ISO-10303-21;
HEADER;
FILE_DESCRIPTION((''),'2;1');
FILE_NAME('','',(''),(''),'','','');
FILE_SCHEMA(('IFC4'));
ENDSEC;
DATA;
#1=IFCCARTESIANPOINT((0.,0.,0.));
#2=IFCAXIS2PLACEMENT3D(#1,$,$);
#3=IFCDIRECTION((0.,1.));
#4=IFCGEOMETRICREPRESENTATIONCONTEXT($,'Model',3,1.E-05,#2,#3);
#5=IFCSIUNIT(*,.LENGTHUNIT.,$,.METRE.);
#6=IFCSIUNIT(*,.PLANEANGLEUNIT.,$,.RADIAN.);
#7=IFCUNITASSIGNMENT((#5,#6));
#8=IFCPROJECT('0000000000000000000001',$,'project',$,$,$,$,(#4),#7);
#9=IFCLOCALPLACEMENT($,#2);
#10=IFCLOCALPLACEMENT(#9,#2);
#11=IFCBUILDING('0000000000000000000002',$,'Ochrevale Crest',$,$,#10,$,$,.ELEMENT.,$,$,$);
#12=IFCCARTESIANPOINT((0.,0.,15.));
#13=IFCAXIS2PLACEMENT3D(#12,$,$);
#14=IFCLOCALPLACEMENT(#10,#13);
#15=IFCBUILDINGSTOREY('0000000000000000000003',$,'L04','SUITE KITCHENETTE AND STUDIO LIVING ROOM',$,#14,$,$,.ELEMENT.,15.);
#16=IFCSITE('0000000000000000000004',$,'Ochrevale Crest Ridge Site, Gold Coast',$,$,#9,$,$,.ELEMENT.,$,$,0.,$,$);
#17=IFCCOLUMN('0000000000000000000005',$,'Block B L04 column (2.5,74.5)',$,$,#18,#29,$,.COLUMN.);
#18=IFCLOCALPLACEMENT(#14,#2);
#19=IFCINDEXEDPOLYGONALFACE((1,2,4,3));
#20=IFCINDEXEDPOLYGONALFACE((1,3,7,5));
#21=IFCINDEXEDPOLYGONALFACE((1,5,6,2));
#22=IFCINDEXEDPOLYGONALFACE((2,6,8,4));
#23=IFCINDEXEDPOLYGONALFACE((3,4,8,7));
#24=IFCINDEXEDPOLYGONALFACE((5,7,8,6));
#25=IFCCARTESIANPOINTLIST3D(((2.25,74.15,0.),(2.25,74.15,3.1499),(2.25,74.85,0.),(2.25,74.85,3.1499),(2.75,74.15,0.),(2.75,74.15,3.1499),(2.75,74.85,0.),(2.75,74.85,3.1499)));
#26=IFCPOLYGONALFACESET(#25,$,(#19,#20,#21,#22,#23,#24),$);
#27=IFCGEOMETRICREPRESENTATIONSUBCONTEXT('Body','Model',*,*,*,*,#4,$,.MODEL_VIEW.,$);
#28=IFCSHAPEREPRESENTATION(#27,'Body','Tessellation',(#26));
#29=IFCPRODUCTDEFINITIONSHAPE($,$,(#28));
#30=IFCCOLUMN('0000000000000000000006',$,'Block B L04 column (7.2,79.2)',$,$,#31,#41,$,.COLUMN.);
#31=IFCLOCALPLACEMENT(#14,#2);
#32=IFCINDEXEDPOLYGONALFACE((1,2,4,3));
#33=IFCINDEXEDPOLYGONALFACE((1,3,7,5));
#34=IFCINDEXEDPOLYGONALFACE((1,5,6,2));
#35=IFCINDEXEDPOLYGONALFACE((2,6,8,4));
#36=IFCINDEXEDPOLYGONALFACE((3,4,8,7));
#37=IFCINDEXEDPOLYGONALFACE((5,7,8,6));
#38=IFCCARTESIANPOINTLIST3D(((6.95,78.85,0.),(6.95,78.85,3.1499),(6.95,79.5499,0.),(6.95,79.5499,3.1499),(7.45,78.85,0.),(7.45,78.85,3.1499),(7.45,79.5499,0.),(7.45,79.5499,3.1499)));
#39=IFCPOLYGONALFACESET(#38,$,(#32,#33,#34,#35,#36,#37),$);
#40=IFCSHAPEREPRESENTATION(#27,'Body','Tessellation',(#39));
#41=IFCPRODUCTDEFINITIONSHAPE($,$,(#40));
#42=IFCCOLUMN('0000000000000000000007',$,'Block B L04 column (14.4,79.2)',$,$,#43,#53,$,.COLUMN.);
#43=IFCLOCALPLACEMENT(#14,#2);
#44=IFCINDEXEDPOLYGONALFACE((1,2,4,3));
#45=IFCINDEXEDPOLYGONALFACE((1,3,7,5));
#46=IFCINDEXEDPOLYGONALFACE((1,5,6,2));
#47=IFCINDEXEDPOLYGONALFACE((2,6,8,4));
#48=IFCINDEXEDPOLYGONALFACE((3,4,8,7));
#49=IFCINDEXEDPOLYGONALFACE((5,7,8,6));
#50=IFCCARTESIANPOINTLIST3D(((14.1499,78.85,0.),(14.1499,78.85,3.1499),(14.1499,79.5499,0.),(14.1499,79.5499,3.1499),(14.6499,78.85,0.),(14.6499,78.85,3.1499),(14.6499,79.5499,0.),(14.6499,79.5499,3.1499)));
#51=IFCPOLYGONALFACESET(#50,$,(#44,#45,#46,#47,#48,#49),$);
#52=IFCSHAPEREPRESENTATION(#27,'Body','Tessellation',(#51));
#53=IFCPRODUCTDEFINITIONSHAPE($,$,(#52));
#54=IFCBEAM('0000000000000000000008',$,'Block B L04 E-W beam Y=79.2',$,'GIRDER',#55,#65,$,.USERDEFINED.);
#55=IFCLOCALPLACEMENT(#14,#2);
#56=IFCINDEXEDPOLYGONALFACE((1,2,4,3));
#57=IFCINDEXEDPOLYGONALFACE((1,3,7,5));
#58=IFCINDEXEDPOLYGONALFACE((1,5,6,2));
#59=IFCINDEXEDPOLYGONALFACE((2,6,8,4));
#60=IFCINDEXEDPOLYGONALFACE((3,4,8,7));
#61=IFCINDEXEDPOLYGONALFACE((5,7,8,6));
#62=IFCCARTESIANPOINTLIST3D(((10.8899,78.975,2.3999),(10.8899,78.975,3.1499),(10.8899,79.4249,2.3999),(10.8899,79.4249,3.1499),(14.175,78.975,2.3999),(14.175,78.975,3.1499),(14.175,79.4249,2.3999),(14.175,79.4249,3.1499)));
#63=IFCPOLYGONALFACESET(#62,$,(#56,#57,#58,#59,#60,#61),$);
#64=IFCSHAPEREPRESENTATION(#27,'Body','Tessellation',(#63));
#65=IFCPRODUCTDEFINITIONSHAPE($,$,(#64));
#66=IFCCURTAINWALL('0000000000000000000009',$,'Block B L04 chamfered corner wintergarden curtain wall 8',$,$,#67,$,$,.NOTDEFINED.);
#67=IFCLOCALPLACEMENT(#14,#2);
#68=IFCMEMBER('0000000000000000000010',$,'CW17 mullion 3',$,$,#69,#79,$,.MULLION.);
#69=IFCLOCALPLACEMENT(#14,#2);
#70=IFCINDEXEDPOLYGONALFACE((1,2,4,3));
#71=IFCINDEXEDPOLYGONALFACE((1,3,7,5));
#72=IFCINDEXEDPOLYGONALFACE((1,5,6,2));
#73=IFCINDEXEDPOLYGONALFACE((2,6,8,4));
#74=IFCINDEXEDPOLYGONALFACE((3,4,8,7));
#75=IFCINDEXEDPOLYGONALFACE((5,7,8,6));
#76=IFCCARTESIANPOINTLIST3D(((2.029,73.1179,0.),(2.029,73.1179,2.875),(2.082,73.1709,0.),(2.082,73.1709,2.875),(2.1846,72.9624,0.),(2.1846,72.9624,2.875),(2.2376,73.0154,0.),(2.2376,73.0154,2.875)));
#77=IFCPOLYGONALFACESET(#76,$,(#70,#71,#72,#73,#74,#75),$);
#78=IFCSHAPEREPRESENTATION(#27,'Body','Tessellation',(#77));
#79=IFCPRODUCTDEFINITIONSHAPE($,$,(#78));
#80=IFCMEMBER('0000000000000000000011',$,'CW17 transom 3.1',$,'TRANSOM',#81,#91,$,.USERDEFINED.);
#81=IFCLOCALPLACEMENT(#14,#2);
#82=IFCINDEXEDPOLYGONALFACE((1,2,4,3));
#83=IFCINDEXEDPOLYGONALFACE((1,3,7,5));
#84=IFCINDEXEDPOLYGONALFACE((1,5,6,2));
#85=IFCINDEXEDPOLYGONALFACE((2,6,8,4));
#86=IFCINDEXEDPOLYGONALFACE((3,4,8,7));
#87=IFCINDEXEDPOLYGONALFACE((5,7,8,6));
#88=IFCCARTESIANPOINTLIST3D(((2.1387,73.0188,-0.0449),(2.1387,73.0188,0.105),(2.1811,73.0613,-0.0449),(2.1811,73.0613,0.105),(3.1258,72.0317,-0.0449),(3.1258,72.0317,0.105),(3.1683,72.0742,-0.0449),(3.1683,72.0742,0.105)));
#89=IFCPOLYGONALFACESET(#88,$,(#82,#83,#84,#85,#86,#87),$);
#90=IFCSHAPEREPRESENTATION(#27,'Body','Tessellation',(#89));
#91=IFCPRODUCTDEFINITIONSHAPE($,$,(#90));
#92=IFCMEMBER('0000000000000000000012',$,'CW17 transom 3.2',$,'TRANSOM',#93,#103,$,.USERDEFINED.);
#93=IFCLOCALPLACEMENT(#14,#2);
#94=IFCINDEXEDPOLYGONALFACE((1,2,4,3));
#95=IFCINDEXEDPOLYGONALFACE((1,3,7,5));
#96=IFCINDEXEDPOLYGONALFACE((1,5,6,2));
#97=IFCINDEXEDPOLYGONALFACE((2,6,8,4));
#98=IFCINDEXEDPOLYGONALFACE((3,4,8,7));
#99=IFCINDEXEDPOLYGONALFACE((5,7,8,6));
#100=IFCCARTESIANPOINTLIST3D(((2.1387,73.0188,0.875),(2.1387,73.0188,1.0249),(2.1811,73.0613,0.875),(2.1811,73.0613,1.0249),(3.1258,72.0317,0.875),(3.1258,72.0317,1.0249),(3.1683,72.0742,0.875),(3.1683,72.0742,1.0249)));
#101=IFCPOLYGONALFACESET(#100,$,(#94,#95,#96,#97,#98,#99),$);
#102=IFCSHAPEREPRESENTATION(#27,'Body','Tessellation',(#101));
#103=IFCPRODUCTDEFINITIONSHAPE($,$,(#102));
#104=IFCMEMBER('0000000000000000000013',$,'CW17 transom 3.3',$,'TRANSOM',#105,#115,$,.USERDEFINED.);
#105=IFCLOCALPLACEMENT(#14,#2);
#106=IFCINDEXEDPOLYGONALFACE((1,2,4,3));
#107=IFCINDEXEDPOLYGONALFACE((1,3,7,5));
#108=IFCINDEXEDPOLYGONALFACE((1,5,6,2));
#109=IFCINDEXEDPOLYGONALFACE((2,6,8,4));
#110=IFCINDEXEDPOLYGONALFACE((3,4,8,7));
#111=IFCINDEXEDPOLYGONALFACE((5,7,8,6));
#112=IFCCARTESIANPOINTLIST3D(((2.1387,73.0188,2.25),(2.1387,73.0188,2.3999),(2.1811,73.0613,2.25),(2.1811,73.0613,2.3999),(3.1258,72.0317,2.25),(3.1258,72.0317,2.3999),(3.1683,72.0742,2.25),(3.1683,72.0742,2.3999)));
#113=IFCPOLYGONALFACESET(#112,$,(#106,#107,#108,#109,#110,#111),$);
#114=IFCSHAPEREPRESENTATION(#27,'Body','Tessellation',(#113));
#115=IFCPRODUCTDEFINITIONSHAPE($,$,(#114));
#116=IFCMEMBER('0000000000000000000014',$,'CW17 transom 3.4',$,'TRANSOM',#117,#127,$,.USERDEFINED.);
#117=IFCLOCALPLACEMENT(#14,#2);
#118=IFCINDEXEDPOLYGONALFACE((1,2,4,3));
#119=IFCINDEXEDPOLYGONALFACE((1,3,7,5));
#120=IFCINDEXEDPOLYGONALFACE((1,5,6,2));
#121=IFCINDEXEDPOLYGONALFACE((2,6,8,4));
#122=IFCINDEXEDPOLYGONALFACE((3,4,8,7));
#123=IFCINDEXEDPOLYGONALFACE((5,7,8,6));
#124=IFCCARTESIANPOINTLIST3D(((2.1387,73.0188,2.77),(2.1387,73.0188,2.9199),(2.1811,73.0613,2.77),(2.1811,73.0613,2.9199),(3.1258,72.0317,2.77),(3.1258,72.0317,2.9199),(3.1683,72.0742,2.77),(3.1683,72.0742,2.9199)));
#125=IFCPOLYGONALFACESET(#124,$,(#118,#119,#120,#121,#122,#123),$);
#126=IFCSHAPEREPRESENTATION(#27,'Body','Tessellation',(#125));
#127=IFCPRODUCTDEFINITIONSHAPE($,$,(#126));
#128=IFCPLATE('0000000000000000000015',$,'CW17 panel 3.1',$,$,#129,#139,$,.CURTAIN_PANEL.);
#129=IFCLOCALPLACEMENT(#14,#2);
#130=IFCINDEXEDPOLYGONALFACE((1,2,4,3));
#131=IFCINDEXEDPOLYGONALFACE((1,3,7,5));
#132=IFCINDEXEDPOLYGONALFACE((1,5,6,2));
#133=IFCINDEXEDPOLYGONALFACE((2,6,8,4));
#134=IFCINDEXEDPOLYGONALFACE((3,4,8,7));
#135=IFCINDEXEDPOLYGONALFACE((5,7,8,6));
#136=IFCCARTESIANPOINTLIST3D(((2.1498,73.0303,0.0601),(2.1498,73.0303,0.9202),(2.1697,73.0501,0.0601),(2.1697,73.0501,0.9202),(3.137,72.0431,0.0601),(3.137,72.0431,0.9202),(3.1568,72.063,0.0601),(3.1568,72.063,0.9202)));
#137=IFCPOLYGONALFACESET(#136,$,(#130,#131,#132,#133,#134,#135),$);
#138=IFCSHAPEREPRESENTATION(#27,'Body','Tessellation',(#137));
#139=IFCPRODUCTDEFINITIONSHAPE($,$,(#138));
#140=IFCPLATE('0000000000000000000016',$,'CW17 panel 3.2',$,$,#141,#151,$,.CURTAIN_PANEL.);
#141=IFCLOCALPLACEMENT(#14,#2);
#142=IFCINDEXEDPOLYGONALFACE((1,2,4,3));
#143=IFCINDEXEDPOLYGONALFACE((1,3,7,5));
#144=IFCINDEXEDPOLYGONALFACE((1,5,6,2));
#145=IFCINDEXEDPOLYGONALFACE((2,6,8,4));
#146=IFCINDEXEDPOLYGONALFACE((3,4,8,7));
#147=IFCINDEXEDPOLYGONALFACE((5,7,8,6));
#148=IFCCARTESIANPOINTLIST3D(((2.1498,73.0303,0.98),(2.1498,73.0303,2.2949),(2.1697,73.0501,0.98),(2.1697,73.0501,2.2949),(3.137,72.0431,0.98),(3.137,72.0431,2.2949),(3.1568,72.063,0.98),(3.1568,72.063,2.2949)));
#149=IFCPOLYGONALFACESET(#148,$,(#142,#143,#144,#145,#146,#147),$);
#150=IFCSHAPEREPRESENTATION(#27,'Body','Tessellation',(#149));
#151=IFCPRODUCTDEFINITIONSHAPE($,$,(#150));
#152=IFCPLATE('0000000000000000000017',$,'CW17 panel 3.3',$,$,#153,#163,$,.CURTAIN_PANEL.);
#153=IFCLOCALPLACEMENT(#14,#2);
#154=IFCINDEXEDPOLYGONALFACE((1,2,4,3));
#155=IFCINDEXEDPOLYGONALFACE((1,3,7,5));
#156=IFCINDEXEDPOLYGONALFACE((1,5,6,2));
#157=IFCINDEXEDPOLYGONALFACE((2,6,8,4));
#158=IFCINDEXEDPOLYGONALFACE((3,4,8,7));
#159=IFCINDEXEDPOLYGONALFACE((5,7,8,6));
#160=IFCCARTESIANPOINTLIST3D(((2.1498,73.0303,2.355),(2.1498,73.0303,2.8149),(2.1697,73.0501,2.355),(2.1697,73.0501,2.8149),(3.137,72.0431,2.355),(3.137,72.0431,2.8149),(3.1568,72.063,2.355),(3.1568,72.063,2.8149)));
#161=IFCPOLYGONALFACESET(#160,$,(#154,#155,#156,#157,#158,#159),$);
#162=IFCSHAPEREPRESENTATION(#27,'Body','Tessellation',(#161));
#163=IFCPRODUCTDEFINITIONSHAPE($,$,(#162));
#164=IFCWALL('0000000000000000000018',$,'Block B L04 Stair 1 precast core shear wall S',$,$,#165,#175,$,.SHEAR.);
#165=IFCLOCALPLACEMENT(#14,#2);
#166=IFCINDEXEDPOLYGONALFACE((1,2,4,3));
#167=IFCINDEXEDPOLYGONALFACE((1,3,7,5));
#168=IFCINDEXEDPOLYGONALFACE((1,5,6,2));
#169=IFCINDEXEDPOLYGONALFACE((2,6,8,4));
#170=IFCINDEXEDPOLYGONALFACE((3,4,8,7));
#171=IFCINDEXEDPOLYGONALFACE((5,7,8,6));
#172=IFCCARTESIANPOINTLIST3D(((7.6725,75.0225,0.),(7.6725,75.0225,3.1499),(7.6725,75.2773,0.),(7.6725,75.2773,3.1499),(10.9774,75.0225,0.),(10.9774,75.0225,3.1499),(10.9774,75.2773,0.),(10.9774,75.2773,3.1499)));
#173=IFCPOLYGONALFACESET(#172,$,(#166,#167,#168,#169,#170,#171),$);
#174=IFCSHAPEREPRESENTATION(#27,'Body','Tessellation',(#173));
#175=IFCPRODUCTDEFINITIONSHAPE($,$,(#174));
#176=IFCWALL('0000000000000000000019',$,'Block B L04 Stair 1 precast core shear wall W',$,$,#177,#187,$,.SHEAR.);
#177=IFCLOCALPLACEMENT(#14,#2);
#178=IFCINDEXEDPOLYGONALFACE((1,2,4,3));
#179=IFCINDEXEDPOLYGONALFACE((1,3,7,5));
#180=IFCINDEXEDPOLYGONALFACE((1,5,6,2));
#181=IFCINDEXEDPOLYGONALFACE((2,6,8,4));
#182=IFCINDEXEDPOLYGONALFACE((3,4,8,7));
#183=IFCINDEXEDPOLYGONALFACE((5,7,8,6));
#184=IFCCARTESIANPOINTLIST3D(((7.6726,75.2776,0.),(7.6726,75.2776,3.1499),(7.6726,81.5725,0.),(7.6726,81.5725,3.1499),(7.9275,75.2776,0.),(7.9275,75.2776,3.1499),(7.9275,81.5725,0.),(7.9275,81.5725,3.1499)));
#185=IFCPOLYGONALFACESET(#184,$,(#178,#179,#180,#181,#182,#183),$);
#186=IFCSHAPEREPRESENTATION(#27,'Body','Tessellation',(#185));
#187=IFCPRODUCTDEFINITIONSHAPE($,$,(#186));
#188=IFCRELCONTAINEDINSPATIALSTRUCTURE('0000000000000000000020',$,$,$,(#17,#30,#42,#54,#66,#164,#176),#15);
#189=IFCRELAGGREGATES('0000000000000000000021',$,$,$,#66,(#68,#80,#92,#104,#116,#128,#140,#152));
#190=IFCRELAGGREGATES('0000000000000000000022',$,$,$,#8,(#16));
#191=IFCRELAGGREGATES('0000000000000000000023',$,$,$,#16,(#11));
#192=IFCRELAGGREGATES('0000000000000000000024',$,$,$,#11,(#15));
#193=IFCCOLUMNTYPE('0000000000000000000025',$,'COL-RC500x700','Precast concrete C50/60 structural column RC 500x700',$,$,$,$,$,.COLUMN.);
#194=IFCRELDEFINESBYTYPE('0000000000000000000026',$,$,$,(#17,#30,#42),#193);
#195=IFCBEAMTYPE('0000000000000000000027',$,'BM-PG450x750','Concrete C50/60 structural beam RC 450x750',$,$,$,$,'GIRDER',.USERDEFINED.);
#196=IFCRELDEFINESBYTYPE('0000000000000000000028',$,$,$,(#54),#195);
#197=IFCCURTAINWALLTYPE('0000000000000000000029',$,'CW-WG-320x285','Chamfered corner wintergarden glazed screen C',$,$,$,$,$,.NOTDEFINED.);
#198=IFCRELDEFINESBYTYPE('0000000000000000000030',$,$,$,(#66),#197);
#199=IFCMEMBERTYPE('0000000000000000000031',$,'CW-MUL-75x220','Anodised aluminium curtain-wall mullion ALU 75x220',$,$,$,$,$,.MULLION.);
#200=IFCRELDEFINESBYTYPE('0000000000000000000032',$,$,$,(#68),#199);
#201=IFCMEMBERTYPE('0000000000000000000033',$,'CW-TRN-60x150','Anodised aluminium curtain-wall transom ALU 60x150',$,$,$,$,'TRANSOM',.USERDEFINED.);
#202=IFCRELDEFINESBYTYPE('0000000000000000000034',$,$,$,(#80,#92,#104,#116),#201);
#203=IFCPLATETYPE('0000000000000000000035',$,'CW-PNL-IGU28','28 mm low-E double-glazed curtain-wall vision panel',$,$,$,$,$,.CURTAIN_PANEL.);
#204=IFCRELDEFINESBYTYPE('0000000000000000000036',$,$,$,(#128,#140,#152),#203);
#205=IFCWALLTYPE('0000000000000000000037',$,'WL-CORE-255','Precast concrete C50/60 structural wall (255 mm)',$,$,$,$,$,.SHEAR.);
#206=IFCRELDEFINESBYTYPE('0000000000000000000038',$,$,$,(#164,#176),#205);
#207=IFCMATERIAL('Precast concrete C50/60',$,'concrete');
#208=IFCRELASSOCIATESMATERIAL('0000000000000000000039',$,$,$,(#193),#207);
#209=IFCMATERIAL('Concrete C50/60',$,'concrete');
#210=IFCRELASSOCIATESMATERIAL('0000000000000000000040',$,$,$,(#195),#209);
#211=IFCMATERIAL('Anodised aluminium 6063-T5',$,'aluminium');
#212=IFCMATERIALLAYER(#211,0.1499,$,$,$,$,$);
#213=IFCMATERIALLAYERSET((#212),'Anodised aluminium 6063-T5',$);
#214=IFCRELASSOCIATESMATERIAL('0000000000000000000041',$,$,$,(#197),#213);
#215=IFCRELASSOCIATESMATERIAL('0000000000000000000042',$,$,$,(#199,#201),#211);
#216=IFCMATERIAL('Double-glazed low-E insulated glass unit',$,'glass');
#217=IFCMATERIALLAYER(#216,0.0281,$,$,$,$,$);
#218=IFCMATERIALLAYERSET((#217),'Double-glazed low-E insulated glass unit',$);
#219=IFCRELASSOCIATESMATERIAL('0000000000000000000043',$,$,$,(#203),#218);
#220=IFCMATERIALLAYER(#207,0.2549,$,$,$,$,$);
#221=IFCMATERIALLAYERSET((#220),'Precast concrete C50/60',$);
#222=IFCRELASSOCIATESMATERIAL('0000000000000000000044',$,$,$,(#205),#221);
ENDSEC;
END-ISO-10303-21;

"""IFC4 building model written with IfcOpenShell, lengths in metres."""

from ifc_helpers import new_model, si_unit, direction, frame, frame_2d, origin, origin_2d, place, context, subcontext, project, spatial, rectangle, extrude, material, layer, layer_set, material_profile, profile_set, type_object, element, aggregate, save


model = new_model("IFC4")

# Units and contexts
model_context = context("Model", 3, precision=1e-05, world=origin(), true_north=direction((0.0, 1.0)))
body_context = subcontext(model_context, "Body", "Model", "MODEL_VIEW")
ifc_project = project(units=[si_unit("LENGTHUNIT", "METRE"), si_unit("PLANEANGLEUNIT", "RADIAN")], contexts=[model_context])

# Site, building, storey
site_placement = place(None, origin())
site = spatial("IfcSite", under=ifc_project, at=site_placement, Name="Ochrevale Crest Ridge Site, Gold Coast", CompositionType="ELEMENT", RefElevation=0.0)
building_placement = place(site_placement, origin())
building = spatial("IfcBuilding", under=site, at=building_placement, Name="Ochrevale Crest", CompositionType="ELEMENT")
storey_placement = place(building_placement, frame((0.0, 0.0, 15.0)))
storey = spatial("IfcBuildingStorey", under=building, at=storey_placement, Name="L04", Description="SUITE KITCHENETTE AND STUDIO LIVING ROOM", CompositionType="ELEMENT", Elevation=15.0)

# Columns
ifc_material_1 = material(Name="Precast concrete C50/60", Category="concrete")
ifc_material_profile_1 = material_profile(ifc_material_1, rectangle(XDim=0.5, YDim=0.7, at=origin_2d()), Name="RC 500x700")
ifc_profile_set_1 = profile_set([ifc_material_profile_1], Name="Precast concrete C50/60")
column_type = type_object("IfcColumnType", Name="COL-RC500x700", Description="Precast concrete C50/60 structural column RC 500x700", PredefinedType="COLUMN", material=ifc_profile_set_1)
for number, where, z_axis, x_axis, name in (
    (1, (2.5, 74.5, 0.0), (0.0, 0.0, 1.0), (1.0, 0.0, 0.0), "Block B L04 column (2.5,74.5)"),
    (2, (7.2, 79.2, 0.0), (0.0, 0.0, 1.0), (1.0, 0.0, 0.0), "Block B L04 column (7.2,79.2)"),
    (3, (14.3999, 79.2, 0.0), (0.0, 0.0, 1.0), (1.0, 0.0, 0.0), "Block B L04 column (14.4,79.2)"),
):
    element("IfcColumn", number, at=place(storey_placement, frame(where, z_axis=z_axis, x_axis=x_axis)), inside=storey, type_object=column_type, Name=name, PredefinedType="COLUMN", context=body_context, shape_type="SweptSolid", body=[
        extrude(rectangle(XDim=0.5, YDim=0.7, at=origin_2d()), origin(), (0.0, 0.0, 1.0), 3.1499),
    ])

# Beam
ifc_material_2 = material(Name="Concrete C50/60", Category="concrete")
ifc_material_profile_2 = material_profile(ifc_material_2, rectangle(XDim=0.45, YDim=0.75, at=origin_2d()), Name="RC 450x750")
ifc_profile_set_2 = profile_set([ifc_material_profile_2], Name="Concrete C50/60")
beam_type = type_object("IfcBeamType", Name="BM-PG450x750", Description="Concrete C50/60 structural beam RC 450x750", ElementType="GIRDER", PredefinedType="USERDEFINED", material=ifc_profile_set_2)
beam_placement = place(storey_placement, frame((10.8899, 79.2, 2.7749), z_axis=(1.0, 0.0, 0.0), x_axis=(0.0, 1.0, 0.0)))
element("IfcBeam", 4, at=beam_placement, inside=storey, type_object=beam_type, Name="Block B L04 E-W beam Y=79.2", ObjectType="GIRDER", PredefinedType="USERDEFINED", context=body_context, shape_type="SweptSolid", body=[
    extrude(rectangle(XDim=0.45, YDim=0.75, at=origin_2d()), origin(), (0.0, 0.0, 1.0), 3.2852),
])

# Curtain wall, members, plates
ifc_material_3 = material(Name="Anodised aluminium 6063-T5", Category="aluminium")
ifc_layer_1 = layer(ifc_material_3, 0.1499)
ifc_layer_set_1 = layer_set([ifc_layer_1], Name="Anodised aluminium 6063-T5")
curtain_wall_type = type_object("IfcCurtainWallType", Name="CW-WG-320x285", Description="Chamfered corner wintergarden glazed screen C", PredefinedType="NOTDEFINED", material=ifc_layer_set_1)
curtain_wall_placement = place(storey_placement, origin())
curtain_wall = element("IfcCurtainWall", 5, at=curtain_wall_placement, inside=storey, type_object=curtain_wall_type, Name="Block B L04 chamfered corner wintergarden curtain wall 8", PredefinedType="NOTDEFINED")
ifc_material_profile_3 = material_profile(ifc_material_3, rectangle(XDim=0.075, YDim=0.22, at=origin_2d()), Name="ALU 75x220")
ifc_profile_set_3 = profile_set([ifc_material_profile_3], Name="Anodised aluminium 6063-T5")
member_type_1 = type_object("IfcMemberType", Name="CW-MUL-75x220", Description="Anodised aluminium curtain-wall mullion ALU 75x220", PredefinedType="MULLION", material=ifc_profile_set_3)
member_1_placement = place(storey_placement, frame((2.1333, 73.0667, 0.0), z_axis=(0.0, 0.0, 1.0), x_axis=(0.707107, 0.707107, 0.0)))
member_1 = element("IfcMember", 6, at=member_1_placement, type_object=member_type_1, Name="CW17 mullion 3", PredefinedType="MULLION", context=body_context, shape_type="SweptSolid", body=[
    extrude(rectangle(XDim=0.075, YDim=0.22, at=origin_2d()), origin(), (0.0, 0.0, 1.0), 2.875),
])
ifc_material_profile_4 = material_profile(ifc_material_3, rectangle(XDim=0.0601, YDim=0.1499, at=origin_2d()), Name="ALU 60x150")
ifc_profile_set_4 = profile_set([ifc_material_profile_4], Name="Anodised aluminium 6063-T5")
member_type_2 = type_object("IfcMemberType", Name="CW-TRN-60x150", Description="Anodised aluminium curtain-wall transom ALU 60x150", ElementType="TRANSOM", PredefinedType="USERDEFINED", material=ifc_profile_set_4)
member_2_placement = place(storey_placement, frame((2.1599, 73.04, 0.03), z_axis=(0.707107, -0.707107, 0.0), x_axis=(0.707107, 0.707107, 0.0)))
member_2 = element("IfcMember", 7, at=member_2_placement, type_object=member_type_2, Name="CW17 transom 3.1", ObjectType="TRANSOM", PredefinedType="USERDEFINED", context=body_context, shape_type="SweptSolid", body=[
    extrude(rectangle(XDim=0.0601, YDim=0.1499, at=origin_2d()), origin(), (0.0, 0.0, 1.0), 1.396),
])
member_3_placement = place(storey_placement, frame((2.1599, 73.04, 0.95), z_axis=(0.707107, -0.707107, 0.0), x_axis=(0.707107, 0.707107, 0.0)))
member_3 = element("IfcMember", 8, at=member_3_placement, type_object=member_type_2, Name="CW17 transom 3.2", ObjectType="TRANSOM", PredefinedType="USERDEFINED", context=body_context, shape_type="SweptSolid", body=[
    extrude(rectangle(XDim=0.0601, YDim=0.1499, at=origin_2d()), origin(), (0.0, 0.0, 1.0), 1.396),
])
member_4_placement = place(storey_placement, frame((2.1599, 73.04, 2.325), z_axis=(0.707107, -0.707107, 0.0), x_axis=(0.707107, 0.707107, 0.0)))
member_4 = element("IfcMember", 9, at=member_4_placement, type_object=member_type_2, Name="CW17 transom 3.3", ObjectType="TRANSOM", PredefinedType="USERDEFINED", context=body_context, shape_type="SweptSolid", body=[
    extrude(rectangle(XDim=0.0601, YDim=0.1499, at=origin_2d()), origin(), (0.0, 0.0, 1.0), 1.396),
])
member_5_placement = place(storey_placement, frame((2.1599, 73.04, 2.845), z_axis=(0.707107, -0.707107, 0.0), x_axis=(0.707107, 0.707107, 0.0)))
member_5 = element("IfcMember", 10, at=member_5_placement, type_object=member_type_2, Name="CW17 transom 3.4", ObjectType="TRANSOM", PredefinedType="USERDEFINED", context=body_context, shape_type="SweptSolid", body=[
    extrude(rectangle(XDim=0.0601, YDim=0.1499, at=origin_2d()), origin(), (0.0, 0.0, 1.0), 1.396),
])
ifc_material_4 = material(Name="Double-glazed low-E insulated glass unit", Category="glass")
ifc_layer_2 = layer(ifc_material_4, 0.0281)
ifc_layer_set_2 = layer_set([ifc_layer_2], Name="Double-glazed low-E insulated glass unit")
plate_type = type_object("IfcPlateType", Name="CW-PNL-IGU28", Description="28 mm low-E double-glazed curtain-wall vision panel", PredefinedType="CURTAIN_PANEL", material=ifc_layer_set_2)
plate_1_placement = place(storey_placement, frame((2.6533, 72.5466, 0.0601), z_axis=(0.0, 0.0, 1.0), x_axis=(0.707107, -0.707107, 0.0)))
plate_1 = element("IfcPlate", 11, at=plate_1_placement, type_object=plate_type, Name="CW17 panel 3.1", PredefinedType="CURTAIN_PANEL", context=body_context, shape_type="SweptSolid", body=[
    extrude(rectangle(XDim=1.396, YDim=0.0281, at=origin_2d()), origin(), (0.0, 0.0, 1.0), 0.8601),
])
plate_2_placement = place(storey_placement, frame((2.6533, 72.5466, 0.98), z_axis=(0.0, 0.0, 1.0), x_axis=(0.707107, -0.707107, 0.0)))
plate_2 = element("IfcPlate", 12, at=plate_2_placement, type_object=plate_type, Name="CW17 panel 3.2", PredefinedType="CURTAIN_PANEL", context=body_context, shape_type="SweptSolid", body=[
    extrude(rectangle(XDim=1.396, YDim=0.0281, at=origin_2d()), origin(), (0.0, 0.0, 1.0), 1.3149),
])
plate_3_placement = place(storey_placement, frame((2.6533, 72.5466, 2.355), z_axis=(0.0, 0.0, 1.0), x_axis=(0.707107, -0.707107, 0.0)))
plate_3 = element("IfcPlate", 13, at=plate_3_placement, type_object=plate_type, Name="CW17 panel 3.3", PredefinedType="CURTAIN_PANEL", context=body_context, shape_type="SweptSolid", body=[
    extrude(rectangle(XDim=1.396, YDim=0.0281, at=origin_2d()), origin(), (0.0, 0.0, 1.0), 0.46),
])
aggregate(curtain_wall, [member_1, member_2, member_3, member_4, member_5, plate_1, plate_2, plate_3])

# Walls
ifc_layer_3 = layer(ifc_material_1, 0.2549)
ifc_layer_set_3 = layer_set([ifc_layer_3], Name="Precast concrete C50/60")
wall_type_1 = type_object("IfcWallType", Name="WL-CORE-255", Description="Precast concrete C50/60 structural wall (255 mm)", PredefinedType="SHEAR", material=ifc_layer_set_3)
wall_1_placement = place(storey_placement, frame((7.6726, 75.1499, 0.0), z_axis=(0.0, 0.0, 1.0), x_axis=(1.0, 0.0, 0.0)))
element("IfcWall", 14, at=wall_1_placement, inside=storey, type_object=wall_type_1, Name="Block B L04 Stair 1 precast core shear wall S", PredefinedType="SHEAR", context=body_context, shape_type="SweptSolid", body=[
    extrude(rectangle(XDim=3.3049, YDim=0.2549, at=frame_2d((1.6523, 0.0))), origin(), (0.0, 0.0, 1.0), 3.1499),
])
for number, where, z_axis, x_axis, name in (
    (15, (7.8, 75.2776, 0.0), (0.0, 0.0, 1.0), (0.0, 1.0, 0.0), "Block B L04 Stair 1 precast core shear wall W"),
):
    element("IfcWall", number, at=place(storey_placement, frame(where, z_axis=z_axis, x_axis=x_axis)), inside=storey, type_object=wall_type_1, Name=name, PredefinedType="SHEAR", context=body_context, shape_type="SweptSolid", body=[
        extrude(rectangle(XDim=6.2949, YDim=0.2549, at=frame_2d((3.1475, 0.0))), origin(), (0.0, 0.0, 1.0), 3.1499),
    ])

save(model, "model.ifc")
